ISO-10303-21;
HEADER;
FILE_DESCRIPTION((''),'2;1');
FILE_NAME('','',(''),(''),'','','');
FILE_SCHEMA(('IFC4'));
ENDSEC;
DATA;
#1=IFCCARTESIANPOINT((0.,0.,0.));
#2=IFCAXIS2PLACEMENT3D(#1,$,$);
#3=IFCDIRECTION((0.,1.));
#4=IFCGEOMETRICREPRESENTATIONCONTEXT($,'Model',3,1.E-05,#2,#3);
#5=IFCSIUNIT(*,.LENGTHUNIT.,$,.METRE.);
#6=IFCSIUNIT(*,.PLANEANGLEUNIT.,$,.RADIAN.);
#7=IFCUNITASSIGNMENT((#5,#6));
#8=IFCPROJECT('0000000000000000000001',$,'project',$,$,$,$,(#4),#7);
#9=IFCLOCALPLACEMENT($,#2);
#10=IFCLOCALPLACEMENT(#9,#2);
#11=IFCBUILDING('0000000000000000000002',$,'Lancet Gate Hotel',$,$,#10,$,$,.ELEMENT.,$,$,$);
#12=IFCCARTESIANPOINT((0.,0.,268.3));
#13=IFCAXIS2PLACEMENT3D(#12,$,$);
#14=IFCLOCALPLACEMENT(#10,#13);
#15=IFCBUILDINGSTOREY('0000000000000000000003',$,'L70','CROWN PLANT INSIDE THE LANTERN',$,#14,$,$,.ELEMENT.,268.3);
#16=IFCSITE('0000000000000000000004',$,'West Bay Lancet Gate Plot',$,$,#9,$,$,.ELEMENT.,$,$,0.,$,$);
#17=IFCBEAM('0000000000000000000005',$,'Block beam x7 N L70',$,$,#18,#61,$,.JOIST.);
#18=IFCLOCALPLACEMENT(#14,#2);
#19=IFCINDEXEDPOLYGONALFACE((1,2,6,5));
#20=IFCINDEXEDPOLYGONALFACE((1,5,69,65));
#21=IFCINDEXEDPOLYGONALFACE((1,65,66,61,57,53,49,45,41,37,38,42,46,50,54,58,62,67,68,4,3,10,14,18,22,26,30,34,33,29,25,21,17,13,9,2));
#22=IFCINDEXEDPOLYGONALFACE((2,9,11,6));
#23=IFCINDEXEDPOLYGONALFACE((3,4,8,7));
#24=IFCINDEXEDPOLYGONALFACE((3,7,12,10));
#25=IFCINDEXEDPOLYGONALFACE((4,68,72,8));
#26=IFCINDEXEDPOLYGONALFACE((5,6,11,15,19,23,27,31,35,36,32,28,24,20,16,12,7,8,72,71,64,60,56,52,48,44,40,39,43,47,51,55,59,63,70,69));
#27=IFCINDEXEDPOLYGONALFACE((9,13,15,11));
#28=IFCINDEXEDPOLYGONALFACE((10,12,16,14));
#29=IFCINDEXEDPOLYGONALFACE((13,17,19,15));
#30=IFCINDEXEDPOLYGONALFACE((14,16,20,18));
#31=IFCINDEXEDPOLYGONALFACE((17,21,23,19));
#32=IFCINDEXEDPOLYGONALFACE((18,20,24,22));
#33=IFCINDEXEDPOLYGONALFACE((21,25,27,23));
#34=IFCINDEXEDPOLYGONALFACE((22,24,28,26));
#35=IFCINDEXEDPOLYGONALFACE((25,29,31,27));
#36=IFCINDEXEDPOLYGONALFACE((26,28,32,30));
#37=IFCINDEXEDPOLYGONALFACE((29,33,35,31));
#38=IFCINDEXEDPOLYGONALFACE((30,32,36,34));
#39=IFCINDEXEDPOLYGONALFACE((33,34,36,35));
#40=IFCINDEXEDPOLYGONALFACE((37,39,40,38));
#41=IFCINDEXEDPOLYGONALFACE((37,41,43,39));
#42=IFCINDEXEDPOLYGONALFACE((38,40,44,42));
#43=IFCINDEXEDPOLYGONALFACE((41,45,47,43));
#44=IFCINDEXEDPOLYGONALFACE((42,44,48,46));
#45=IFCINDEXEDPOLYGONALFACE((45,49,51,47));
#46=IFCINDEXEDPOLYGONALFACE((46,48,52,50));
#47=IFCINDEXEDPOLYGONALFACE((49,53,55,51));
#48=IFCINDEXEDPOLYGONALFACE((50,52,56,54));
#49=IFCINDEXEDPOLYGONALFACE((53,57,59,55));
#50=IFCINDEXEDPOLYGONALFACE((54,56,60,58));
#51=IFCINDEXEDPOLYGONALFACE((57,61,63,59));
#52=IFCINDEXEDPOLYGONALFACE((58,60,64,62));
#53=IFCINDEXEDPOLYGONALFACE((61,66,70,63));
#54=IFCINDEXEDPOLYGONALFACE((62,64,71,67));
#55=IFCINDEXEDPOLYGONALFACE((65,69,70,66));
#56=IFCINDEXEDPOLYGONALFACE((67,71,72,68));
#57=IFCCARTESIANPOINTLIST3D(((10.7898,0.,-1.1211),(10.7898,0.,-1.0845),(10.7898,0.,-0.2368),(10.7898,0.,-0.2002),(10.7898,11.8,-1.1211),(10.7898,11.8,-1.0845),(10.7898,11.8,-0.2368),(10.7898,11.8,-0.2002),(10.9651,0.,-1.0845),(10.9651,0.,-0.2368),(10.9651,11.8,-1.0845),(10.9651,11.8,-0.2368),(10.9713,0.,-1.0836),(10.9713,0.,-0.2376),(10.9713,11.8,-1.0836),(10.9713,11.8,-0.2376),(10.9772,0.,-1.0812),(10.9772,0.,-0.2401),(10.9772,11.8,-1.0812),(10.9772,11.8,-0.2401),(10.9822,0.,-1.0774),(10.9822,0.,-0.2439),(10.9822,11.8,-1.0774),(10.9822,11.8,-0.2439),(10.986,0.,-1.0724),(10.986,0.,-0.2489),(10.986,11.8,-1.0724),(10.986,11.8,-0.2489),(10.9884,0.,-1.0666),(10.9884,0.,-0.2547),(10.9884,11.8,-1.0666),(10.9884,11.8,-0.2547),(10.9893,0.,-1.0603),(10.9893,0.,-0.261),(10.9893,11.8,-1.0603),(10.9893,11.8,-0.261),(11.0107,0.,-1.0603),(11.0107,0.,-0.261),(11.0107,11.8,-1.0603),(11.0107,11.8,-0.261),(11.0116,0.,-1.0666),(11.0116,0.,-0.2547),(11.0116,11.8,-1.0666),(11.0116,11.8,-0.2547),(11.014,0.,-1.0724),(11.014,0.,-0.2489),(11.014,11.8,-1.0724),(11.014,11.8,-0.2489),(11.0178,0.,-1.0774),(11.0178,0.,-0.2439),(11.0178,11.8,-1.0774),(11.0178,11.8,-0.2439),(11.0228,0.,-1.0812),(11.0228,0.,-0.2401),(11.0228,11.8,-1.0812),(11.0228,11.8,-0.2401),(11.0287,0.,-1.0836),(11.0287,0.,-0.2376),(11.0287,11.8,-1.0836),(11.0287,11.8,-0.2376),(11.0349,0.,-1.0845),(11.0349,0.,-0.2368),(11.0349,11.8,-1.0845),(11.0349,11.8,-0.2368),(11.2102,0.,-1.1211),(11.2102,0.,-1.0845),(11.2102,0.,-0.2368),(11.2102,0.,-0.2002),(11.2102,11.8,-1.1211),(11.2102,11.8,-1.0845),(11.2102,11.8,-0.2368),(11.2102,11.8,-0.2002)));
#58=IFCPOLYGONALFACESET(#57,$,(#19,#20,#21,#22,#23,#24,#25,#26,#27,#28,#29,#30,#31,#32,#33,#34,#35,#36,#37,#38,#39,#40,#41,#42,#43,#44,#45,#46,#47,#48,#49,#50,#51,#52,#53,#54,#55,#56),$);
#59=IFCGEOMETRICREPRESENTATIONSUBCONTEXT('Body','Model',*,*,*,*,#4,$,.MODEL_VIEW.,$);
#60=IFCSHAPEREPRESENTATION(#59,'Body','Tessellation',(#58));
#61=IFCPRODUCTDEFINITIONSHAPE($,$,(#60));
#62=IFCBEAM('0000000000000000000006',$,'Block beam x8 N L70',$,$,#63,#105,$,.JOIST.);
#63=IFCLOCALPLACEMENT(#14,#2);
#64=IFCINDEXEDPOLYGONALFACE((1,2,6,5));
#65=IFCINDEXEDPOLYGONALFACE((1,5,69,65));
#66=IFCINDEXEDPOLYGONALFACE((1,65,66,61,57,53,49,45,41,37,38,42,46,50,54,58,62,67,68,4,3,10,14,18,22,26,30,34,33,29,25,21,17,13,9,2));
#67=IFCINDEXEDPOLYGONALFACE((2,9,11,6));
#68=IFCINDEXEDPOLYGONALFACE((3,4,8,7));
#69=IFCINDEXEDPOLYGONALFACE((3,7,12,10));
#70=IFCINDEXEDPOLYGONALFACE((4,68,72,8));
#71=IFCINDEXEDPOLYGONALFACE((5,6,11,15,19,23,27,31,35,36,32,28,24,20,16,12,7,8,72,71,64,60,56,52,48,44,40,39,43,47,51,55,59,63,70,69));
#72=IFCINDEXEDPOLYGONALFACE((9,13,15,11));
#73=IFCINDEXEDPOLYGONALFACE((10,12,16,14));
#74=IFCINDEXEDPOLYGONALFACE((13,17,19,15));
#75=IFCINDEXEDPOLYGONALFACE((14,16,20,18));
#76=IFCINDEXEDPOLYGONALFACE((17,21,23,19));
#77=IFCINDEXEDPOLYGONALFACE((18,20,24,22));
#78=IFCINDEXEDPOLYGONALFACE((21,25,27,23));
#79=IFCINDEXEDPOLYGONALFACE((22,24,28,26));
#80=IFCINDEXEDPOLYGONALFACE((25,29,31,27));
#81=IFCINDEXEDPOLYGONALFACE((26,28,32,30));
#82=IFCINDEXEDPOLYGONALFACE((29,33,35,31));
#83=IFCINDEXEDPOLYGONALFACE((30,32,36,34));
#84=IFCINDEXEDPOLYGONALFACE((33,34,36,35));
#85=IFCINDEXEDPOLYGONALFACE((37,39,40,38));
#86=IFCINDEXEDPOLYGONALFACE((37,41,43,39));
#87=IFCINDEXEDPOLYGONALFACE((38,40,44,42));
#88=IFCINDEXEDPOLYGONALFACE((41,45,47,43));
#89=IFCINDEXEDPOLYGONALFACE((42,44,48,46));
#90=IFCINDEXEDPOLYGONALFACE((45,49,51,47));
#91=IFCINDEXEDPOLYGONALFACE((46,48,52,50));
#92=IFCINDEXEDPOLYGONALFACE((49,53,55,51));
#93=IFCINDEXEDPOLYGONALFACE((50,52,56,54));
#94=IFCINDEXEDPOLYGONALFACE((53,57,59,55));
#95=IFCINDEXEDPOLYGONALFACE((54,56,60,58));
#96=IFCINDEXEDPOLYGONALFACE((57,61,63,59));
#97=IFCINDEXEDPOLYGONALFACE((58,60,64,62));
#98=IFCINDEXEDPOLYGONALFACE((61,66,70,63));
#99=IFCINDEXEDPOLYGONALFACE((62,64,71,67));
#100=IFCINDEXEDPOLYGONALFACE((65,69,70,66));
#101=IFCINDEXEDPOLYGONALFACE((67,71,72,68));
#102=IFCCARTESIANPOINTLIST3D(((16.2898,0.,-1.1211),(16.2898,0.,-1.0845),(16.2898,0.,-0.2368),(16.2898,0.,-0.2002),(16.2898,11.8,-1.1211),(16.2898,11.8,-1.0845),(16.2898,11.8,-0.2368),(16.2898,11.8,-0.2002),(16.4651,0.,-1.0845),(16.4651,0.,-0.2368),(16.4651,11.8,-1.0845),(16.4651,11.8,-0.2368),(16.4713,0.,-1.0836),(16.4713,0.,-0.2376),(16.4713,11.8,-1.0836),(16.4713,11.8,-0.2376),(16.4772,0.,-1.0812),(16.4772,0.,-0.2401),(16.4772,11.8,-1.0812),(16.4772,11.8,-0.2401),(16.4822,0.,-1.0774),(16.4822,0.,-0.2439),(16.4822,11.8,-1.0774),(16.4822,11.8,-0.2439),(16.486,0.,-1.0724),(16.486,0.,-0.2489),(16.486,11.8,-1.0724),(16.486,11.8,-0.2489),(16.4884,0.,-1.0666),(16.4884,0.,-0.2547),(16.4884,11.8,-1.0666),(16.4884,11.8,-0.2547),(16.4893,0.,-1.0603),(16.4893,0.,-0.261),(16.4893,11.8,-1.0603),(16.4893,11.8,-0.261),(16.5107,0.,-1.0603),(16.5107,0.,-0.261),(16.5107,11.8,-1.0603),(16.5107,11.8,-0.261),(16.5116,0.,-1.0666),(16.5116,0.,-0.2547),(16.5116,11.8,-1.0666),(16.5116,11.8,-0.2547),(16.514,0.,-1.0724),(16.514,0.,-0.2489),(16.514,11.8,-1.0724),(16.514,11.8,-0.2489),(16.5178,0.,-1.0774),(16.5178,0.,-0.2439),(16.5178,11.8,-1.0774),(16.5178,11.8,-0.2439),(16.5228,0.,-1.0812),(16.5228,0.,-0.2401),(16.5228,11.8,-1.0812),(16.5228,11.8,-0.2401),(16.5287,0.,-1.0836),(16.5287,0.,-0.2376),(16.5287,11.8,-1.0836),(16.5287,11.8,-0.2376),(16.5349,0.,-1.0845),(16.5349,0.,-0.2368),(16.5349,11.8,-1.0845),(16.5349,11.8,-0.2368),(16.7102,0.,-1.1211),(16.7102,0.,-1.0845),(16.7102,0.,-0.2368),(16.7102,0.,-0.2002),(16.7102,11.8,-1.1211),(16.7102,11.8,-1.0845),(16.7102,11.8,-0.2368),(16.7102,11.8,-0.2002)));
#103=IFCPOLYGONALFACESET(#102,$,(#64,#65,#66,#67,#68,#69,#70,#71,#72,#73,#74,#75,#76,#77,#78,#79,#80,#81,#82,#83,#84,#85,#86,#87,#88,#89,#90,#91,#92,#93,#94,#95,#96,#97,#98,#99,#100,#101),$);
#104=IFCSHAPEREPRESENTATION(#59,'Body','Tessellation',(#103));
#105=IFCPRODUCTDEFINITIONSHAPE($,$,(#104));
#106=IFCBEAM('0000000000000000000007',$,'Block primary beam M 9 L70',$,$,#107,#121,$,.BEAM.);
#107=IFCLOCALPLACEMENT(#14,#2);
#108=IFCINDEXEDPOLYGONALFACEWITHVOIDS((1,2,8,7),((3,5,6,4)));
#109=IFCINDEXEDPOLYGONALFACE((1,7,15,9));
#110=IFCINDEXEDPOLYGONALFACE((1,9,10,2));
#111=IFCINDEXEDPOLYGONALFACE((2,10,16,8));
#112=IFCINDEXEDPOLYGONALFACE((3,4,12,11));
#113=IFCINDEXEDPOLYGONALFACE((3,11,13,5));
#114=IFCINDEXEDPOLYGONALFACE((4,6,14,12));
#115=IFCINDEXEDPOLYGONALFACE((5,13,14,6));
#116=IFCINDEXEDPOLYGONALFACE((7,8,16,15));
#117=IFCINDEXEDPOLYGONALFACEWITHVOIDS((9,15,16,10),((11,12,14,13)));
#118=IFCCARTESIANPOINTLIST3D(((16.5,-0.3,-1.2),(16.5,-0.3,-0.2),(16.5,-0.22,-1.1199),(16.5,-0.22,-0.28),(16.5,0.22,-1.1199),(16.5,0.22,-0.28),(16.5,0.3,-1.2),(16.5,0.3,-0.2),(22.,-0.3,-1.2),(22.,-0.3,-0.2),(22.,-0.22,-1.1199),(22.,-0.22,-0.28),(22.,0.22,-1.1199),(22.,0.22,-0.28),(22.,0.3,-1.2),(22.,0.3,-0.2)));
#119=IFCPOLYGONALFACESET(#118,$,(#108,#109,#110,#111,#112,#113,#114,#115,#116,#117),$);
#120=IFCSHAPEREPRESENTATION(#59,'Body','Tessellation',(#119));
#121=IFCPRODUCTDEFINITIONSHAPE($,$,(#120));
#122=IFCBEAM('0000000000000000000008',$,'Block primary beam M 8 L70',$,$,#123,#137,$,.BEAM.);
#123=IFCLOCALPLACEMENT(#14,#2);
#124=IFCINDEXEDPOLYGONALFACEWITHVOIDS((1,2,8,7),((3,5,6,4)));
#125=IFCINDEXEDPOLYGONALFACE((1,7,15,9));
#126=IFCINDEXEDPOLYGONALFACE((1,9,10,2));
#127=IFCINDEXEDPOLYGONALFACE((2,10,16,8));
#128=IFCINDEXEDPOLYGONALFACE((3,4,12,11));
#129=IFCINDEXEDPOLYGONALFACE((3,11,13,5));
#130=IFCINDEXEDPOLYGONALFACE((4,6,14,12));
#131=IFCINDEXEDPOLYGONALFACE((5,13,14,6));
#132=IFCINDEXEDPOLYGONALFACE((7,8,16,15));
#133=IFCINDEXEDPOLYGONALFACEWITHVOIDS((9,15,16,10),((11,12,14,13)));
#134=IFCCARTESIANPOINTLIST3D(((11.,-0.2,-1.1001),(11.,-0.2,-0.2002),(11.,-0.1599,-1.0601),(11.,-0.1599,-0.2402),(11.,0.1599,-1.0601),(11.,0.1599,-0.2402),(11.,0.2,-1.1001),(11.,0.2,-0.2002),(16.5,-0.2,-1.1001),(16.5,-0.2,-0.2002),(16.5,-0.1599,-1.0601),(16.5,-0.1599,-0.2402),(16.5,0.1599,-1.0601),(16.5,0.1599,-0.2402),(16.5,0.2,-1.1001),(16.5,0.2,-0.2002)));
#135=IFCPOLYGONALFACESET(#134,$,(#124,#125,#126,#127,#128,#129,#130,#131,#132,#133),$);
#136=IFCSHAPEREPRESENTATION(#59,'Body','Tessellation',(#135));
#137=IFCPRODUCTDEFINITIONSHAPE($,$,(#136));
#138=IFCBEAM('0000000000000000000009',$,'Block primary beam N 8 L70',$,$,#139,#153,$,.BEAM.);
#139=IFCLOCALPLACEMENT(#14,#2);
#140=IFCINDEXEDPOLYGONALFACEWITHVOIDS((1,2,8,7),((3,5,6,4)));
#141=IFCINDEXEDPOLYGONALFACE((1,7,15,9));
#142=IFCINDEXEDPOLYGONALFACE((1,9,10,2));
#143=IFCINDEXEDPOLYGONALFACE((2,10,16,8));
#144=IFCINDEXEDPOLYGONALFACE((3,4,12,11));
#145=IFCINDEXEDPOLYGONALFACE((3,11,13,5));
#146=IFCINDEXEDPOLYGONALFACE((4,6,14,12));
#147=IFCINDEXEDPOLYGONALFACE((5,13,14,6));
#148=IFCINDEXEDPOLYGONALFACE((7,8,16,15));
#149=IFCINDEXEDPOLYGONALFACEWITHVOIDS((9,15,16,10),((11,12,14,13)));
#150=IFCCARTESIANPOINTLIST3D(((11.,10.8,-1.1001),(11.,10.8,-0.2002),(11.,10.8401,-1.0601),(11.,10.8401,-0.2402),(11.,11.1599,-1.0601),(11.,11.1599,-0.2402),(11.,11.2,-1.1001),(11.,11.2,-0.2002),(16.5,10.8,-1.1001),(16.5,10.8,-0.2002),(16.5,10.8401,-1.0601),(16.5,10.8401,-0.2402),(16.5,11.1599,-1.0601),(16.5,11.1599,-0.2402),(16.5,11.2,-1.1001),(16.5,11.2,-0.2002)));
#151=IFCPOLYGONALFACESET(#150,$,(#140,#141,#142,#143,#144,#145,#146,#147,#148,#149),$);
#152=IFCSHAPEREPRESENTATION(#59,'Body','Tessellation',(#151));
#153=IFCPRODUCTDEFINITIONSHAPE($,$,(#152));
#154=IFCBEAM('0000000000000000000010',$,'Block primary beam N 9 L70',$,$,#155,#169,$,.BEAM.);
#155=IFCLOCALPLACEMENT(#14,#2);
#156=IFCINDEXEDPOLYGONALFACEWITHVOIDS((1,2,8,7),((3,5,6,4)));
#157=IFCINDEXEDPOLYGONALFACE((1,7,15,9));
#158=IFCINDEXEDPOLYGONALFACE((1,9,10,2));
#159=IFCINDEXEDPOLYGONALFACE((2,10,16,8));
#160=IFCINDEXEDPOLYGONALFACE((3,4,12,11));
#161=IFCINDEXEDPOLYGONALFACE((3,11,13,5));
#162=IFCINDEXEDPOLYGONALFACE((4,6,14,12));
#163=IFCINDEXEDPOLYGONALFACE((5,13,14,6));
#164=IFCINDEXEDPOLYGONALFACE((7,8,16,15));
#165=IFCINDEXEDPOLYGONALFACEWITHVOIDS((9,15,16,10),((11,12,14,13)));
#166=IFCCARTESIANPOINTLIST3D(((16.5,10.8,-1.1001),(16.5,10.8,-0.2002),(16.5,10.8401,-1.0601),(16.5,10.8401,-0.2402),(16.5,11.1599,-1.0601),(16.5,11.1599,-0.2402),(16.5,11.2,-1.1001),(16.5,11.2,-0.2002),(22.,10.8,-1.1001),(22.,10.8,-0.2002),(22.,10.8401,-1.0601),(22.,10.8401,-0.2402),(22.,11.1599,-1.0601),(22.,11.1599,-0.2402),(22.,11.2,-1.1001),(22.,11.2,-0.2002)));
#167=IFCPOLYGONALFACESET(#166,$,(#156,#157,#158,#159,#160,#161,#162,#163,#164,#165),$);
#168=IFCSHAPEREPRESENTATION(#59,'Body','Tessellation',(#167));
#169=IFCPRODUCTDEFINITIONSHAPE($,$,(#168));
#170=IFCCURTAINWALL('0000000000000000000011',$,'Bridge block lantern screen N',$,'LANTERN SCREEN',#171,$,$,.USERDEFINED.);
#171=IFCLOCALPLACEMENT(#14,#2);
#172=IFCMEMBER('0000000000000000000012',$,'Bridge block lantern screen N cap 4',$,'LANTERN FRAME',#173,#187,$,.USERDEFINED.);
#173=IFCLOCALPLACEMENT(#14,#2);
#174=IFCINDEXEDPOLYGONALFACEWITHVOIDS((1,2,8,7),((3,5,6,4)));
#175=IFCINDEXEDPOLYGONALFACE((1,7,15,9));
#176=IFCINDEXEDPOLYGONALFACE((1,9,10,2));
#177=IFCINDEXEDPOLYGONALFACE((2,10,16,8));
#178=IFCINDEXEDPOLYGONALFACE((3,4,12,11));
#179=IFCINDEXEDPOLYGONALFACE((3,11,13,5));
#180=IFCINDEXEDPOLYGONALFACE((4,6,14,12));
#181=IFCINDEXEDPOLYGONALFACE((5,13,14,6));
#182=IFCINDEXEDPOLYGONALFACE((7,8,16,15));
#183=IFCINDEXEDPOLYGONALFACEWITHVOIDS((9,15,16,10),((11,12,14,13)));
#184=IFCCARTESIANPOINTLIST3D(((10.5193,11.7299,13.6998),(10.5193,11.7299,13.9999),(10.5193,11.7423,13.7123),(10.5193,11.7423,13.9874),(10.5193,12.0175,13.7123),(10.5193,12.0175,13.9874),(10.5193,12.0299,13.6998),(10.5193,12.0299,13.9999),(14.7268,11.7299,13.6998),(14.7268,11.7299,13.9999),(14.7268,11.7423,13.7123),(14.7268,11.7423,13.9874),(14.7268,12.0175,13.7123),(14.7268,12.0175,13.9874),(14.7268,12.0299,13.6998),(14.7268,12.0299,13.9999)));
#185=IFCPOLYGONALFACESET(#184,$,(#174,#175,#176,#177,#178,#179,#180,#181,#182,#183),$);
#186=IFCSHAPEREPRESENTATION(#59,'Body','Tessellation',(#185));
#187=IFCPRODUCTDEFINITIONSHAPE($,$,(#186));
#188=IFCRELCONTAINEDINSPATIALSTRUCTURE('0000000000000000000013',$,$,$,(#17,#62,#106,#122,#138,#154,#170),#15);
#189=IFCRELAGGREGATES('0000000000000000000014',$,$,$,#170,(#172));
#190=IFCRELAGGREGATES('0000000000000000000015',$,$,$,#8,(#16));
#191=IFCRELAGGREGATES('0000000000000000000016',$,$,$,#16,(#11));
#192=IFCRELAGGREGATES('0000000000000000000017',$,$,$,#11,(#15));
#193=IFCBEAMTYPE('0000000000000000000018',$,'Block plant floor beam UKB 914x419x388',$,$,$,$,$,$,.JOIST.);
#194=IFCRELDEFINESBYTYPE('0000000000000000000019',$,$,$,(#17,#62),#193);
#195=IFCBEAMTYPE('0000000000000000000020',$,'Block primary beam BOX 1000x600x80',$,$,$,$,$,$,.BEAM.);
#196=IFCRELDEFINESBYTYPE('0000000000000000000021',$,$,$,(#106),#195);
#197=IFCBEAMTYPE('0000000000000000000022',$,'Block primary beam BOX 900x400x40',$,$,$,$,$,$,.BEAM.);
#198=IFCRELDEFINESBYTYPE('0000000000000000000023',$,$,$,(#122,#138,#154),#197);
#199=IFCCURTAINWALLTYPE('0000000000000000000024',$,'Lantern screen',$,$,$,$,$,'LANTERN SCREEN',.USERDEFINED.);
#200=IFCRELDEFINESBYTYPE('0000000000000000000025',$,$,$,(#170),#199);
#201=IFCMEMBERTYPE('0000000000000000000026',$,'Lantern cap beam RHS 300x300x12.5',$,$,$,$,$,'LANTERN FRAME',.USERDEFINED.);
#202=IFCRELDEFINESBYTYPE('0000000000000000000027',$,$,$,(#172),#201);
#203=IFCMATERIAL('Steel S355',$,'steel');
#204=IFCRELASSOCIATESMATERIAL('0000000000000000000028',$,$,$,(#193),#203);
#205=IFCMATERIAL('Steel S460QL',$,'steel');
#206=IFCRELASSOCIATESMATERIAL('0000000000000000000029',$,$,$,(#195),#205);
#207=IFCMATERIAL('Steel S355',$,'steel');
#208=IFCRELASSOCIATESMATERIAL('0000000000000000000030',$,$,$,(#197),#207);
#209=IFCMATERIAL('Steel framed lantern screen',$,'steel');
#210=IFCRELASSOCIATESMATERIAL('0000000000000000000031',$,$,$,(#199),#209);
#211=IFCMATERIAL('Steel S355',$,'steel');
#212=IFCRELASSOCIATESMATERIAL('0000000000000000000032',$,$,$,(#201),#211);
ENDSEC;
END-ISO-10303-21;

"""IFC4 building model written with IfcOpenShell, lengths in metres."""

from ifc_helpers import new_model, si_unit, direction, frame, origin, origin_2d, place, context, subcontext, project, spatial, hollow_rectangle, i_section, extrude, material, material_profile, profile_set, type_object, element, aggregate, save


model = new_model("IFC4")

# Units and contexts
model_context = context("Model", 3, precision=1e-05, world=origin(), true_north=direction((0.0, 1.0)))
body_context = subcontext(model_context, "Body", "Model", "MODEL_VIEW")
ifc_project = project(units=[si_unit("LENGTHUNIT", "METRE"), si_unit("PLANEANGLEUNIT", "RADIAN")], contexts=[model_context])

# Site, building, storey
site_placement = place(None, origin())
site = spatial("IfcSite", under=ifc_project, at=site_placement, Name="West Bay Lancet Gate Plot", CompositionType="ELEMENT", RefElevation=0.0)
building_placement = place(site_placement, origin())
building = spatial("IfcBuilding", under=site, at=building_placement, Name="Lancet Gate Hotel", CompositionType="ELEMENT")
storey_placement = place(building_placement, frame((0.0, 0.0, 268.3)))
storey = spatial("IfcBuildingStorey", under=building, at=storey_placement, Name="L70", Description="CROWN PLANT INSIDE THE LANTERN", CompositionType="ELEMENT", Elevation=268.3)

# Beams
ifc_material_1 = material(Name="Steel S355", Category="steel")
ifc_material_profile_1 = material_profile(ifc_material_1, i_section(OverallWidth=0.4204, OverallDepth=0.9209, WebThickness=0.0215, FlangeThickness=0.0366, FilletRadius=0.0242, at=origin_2d()), Name="UKB 914x419x388")
ifc_profile_set_1 = profile_set([ifc_material_profile_1], Name="Steel S355")
beam_type_1 = type_object("IfcBeamType", Name="Block plant floor beam UKB 914x419x388", PredefinedType="JOIST", material=ifc_profile_set_1)
for number, where, z_axis, x_axis, name in (
    (1, (11.0, 0.0, -0.6606), (0.0, 1.0, 0.0), (-1.0, 0.0, 0.0), "Block beam x7 N L70"),
    (2, (16.5, 0.0, -0.6606), (0.0, 1.0, 0.0), (-1.0, 0.0, 0.0), "Block beam x8 N L70"),
):
    element("IfcBeam", number, at=place(storey_placement, frame(where, z_axis=z_axis, x_axis=x_axis)), inside=storey, type_object=beam_type_1, Name=name, PredefinedType="JOIST", context=body_context, shape_type="SweptSolid", body=[
        extrude(i_section(OverallWidth=0.4204, OverallDepth=0.9209, WebThickness=0.0215, FlangeThickness=0.0366, FilletRadius=0.0242, at=origin_2d()), origin(), (0.0, 0.0, 1.0), 11.8),
    ])
ifc_material_2 = material(Name="Steel S460QL", Category="steel")
ifc_material_profile_2 = material_profile(ifc_material_2, hollow_rectangle(XDim=0.6001, YDim=1.0, WallThickness=0.0801, at=origin_2d()), Name="BOX 1000x600x80")
ifc_profile_set_2 = profile_set([ifc_material_profile_2], Name="Steel S460QL")
beam_type_2 = type_object("IfcBeamType", Name="Block primary beam BOX 1000x600x80", PredefinedType="BEAM", material=ifc_profile_set_2)
beam_placement = place(storey_placement, frame((16.5, 0.0, -0.7), z_axis=(1.0, 0.0, 0.0), x_axis=(0.0, 1.0, 0.0)))
element("IfcBeam", 3, at=beam_placement, inside=storey, type_object=beam_type_2, Name="Block primary beam M 9 L70", PredefinedType="BEAM", context=body_context, shape_type="SweptSolid", body=[
    extrude(hollow_rectangle(XDim=0.6001, YDim=1.0, WallThickness=0.0801, at=origin_2d()), origin(), (0.0, 0.0, 1.0), 5.5),
])
ifc_material_3 = material(Name="Steel S355", Category="steel")
ifc_material_profile_3 = material_profile(ifc_material_3, hollow_rectangle(XDim=0.3999, YDim=0.8999, WallThickness=0.04, at=origin_2d()), Name="BOX 900x400x40")
ifc_profile_set_3 = profile_set([ifc_material_profile_3], Name="Steel S355")
beam_type_3 = type_object("IfcBeamType", Name="Block primary beam BOX 900x400x40", PredefinedType="BEAM", material=ifc_profile_set_3)
for number, where, z_axis, x_axis, name in (
    (4, (11.0, 0.0, -0.6501), (1.0, 0.0, 0.0), (0.0, 1.0, 0.0), "Block primary beam M 8 L70"),
    (5, (11.0, 11.0, -0.6501), (1.0, 0.0, 0.0), (0.0, 1.0, 0.0), "Block primary beam N 8 L70"),
    (6, (16.5, 11.0, -0.6501), (1.0, 0.0, 0.0), (0.0, 1.0, 0.0), "Block primary beam N 9 L70"),
):
    element("IfcBeam", number, at=place(storey_placement, frame(where, z_axis=z_axis, x_axis=x_axis)), inside=storey, type_object=beam_type_3, Name=name, PredefinedType="BEAM", context=body_context, shape_type="SweptSolid", body=[
        extrude(hollow_rectangle(XDim=0.3999, YDim=0.8999, WallThickness=0.04, at=origin_2d()), origin(), (0.0, 0.0, 1.0), 5.5),
    ])

# Curtain wall, member
ifc_material_4 = material(Name="Steel framed lantern screen", Category="steel")
curtain_wall_type_1 = type_object("IfcCurtainWallType", Name="Lantern screen", ElementType="LANTERN SCREEN", PredefinedType="USERDEFINED", material=ifc_material_4)
curtain_wall_1_placement = place(storey_placement, origin())
curtain_wall_1 = element("IfcCurtainWall", 7, at=curtain_wall_1_placement, inside=storey, type_object=curtain_wall_type_1, Name="Bridge block lantern screen N", ObjectType="LANTERN SCREEN", PredefinedType="USERDEFINED")
ifc_material_5 = material(Name="Steel S355", Category="steel")
ifc_material_profile_4 = material_profile(ifc_material_5, hollow_rectangle(XDim=0.3, YDim=0.3, WallThickness=0.0125, at=origin_2d()), Name="RHS 300x300x12.5")
ifc_profile_set_4 = profile_set([ifc_material_profile_4], Name="Steel S355")
member_type_1 = type_object("IfcMemberType", Name="Lantern cap beam RHS 300x300x12.5", ElementType="LANTERN FRAME", PredefinedType="USERDEFINED", material=ifc_profile_set_4)
member_1_placement = place(storey_placement, frame((14.7268, 11.8799, 13.8499), z_axis=(-1.0, 0.0, 0.0), x_axis=(0.0, -1.0, 0.0)))
member_1 = element("IfcMember", 8, at=member_1_placement, type_object=member_type_1, Name="Bridge block lantern screen N cap 4", ObjectType="LANTERN FRAME", PredefinedType="USERDEFINED", context=body_context, shape_type="SweptSolid", body=[
    extrude(hollow_rectangle(XDim=0.3, YDim=0.3, WallThickness=0.0125, at=origin_2d()), origin(), (0.0, 0.0, 1.0), 4.2075),
])

aggregate(curtain_wall_1, [member_1])

save(model, "model.ifc")
